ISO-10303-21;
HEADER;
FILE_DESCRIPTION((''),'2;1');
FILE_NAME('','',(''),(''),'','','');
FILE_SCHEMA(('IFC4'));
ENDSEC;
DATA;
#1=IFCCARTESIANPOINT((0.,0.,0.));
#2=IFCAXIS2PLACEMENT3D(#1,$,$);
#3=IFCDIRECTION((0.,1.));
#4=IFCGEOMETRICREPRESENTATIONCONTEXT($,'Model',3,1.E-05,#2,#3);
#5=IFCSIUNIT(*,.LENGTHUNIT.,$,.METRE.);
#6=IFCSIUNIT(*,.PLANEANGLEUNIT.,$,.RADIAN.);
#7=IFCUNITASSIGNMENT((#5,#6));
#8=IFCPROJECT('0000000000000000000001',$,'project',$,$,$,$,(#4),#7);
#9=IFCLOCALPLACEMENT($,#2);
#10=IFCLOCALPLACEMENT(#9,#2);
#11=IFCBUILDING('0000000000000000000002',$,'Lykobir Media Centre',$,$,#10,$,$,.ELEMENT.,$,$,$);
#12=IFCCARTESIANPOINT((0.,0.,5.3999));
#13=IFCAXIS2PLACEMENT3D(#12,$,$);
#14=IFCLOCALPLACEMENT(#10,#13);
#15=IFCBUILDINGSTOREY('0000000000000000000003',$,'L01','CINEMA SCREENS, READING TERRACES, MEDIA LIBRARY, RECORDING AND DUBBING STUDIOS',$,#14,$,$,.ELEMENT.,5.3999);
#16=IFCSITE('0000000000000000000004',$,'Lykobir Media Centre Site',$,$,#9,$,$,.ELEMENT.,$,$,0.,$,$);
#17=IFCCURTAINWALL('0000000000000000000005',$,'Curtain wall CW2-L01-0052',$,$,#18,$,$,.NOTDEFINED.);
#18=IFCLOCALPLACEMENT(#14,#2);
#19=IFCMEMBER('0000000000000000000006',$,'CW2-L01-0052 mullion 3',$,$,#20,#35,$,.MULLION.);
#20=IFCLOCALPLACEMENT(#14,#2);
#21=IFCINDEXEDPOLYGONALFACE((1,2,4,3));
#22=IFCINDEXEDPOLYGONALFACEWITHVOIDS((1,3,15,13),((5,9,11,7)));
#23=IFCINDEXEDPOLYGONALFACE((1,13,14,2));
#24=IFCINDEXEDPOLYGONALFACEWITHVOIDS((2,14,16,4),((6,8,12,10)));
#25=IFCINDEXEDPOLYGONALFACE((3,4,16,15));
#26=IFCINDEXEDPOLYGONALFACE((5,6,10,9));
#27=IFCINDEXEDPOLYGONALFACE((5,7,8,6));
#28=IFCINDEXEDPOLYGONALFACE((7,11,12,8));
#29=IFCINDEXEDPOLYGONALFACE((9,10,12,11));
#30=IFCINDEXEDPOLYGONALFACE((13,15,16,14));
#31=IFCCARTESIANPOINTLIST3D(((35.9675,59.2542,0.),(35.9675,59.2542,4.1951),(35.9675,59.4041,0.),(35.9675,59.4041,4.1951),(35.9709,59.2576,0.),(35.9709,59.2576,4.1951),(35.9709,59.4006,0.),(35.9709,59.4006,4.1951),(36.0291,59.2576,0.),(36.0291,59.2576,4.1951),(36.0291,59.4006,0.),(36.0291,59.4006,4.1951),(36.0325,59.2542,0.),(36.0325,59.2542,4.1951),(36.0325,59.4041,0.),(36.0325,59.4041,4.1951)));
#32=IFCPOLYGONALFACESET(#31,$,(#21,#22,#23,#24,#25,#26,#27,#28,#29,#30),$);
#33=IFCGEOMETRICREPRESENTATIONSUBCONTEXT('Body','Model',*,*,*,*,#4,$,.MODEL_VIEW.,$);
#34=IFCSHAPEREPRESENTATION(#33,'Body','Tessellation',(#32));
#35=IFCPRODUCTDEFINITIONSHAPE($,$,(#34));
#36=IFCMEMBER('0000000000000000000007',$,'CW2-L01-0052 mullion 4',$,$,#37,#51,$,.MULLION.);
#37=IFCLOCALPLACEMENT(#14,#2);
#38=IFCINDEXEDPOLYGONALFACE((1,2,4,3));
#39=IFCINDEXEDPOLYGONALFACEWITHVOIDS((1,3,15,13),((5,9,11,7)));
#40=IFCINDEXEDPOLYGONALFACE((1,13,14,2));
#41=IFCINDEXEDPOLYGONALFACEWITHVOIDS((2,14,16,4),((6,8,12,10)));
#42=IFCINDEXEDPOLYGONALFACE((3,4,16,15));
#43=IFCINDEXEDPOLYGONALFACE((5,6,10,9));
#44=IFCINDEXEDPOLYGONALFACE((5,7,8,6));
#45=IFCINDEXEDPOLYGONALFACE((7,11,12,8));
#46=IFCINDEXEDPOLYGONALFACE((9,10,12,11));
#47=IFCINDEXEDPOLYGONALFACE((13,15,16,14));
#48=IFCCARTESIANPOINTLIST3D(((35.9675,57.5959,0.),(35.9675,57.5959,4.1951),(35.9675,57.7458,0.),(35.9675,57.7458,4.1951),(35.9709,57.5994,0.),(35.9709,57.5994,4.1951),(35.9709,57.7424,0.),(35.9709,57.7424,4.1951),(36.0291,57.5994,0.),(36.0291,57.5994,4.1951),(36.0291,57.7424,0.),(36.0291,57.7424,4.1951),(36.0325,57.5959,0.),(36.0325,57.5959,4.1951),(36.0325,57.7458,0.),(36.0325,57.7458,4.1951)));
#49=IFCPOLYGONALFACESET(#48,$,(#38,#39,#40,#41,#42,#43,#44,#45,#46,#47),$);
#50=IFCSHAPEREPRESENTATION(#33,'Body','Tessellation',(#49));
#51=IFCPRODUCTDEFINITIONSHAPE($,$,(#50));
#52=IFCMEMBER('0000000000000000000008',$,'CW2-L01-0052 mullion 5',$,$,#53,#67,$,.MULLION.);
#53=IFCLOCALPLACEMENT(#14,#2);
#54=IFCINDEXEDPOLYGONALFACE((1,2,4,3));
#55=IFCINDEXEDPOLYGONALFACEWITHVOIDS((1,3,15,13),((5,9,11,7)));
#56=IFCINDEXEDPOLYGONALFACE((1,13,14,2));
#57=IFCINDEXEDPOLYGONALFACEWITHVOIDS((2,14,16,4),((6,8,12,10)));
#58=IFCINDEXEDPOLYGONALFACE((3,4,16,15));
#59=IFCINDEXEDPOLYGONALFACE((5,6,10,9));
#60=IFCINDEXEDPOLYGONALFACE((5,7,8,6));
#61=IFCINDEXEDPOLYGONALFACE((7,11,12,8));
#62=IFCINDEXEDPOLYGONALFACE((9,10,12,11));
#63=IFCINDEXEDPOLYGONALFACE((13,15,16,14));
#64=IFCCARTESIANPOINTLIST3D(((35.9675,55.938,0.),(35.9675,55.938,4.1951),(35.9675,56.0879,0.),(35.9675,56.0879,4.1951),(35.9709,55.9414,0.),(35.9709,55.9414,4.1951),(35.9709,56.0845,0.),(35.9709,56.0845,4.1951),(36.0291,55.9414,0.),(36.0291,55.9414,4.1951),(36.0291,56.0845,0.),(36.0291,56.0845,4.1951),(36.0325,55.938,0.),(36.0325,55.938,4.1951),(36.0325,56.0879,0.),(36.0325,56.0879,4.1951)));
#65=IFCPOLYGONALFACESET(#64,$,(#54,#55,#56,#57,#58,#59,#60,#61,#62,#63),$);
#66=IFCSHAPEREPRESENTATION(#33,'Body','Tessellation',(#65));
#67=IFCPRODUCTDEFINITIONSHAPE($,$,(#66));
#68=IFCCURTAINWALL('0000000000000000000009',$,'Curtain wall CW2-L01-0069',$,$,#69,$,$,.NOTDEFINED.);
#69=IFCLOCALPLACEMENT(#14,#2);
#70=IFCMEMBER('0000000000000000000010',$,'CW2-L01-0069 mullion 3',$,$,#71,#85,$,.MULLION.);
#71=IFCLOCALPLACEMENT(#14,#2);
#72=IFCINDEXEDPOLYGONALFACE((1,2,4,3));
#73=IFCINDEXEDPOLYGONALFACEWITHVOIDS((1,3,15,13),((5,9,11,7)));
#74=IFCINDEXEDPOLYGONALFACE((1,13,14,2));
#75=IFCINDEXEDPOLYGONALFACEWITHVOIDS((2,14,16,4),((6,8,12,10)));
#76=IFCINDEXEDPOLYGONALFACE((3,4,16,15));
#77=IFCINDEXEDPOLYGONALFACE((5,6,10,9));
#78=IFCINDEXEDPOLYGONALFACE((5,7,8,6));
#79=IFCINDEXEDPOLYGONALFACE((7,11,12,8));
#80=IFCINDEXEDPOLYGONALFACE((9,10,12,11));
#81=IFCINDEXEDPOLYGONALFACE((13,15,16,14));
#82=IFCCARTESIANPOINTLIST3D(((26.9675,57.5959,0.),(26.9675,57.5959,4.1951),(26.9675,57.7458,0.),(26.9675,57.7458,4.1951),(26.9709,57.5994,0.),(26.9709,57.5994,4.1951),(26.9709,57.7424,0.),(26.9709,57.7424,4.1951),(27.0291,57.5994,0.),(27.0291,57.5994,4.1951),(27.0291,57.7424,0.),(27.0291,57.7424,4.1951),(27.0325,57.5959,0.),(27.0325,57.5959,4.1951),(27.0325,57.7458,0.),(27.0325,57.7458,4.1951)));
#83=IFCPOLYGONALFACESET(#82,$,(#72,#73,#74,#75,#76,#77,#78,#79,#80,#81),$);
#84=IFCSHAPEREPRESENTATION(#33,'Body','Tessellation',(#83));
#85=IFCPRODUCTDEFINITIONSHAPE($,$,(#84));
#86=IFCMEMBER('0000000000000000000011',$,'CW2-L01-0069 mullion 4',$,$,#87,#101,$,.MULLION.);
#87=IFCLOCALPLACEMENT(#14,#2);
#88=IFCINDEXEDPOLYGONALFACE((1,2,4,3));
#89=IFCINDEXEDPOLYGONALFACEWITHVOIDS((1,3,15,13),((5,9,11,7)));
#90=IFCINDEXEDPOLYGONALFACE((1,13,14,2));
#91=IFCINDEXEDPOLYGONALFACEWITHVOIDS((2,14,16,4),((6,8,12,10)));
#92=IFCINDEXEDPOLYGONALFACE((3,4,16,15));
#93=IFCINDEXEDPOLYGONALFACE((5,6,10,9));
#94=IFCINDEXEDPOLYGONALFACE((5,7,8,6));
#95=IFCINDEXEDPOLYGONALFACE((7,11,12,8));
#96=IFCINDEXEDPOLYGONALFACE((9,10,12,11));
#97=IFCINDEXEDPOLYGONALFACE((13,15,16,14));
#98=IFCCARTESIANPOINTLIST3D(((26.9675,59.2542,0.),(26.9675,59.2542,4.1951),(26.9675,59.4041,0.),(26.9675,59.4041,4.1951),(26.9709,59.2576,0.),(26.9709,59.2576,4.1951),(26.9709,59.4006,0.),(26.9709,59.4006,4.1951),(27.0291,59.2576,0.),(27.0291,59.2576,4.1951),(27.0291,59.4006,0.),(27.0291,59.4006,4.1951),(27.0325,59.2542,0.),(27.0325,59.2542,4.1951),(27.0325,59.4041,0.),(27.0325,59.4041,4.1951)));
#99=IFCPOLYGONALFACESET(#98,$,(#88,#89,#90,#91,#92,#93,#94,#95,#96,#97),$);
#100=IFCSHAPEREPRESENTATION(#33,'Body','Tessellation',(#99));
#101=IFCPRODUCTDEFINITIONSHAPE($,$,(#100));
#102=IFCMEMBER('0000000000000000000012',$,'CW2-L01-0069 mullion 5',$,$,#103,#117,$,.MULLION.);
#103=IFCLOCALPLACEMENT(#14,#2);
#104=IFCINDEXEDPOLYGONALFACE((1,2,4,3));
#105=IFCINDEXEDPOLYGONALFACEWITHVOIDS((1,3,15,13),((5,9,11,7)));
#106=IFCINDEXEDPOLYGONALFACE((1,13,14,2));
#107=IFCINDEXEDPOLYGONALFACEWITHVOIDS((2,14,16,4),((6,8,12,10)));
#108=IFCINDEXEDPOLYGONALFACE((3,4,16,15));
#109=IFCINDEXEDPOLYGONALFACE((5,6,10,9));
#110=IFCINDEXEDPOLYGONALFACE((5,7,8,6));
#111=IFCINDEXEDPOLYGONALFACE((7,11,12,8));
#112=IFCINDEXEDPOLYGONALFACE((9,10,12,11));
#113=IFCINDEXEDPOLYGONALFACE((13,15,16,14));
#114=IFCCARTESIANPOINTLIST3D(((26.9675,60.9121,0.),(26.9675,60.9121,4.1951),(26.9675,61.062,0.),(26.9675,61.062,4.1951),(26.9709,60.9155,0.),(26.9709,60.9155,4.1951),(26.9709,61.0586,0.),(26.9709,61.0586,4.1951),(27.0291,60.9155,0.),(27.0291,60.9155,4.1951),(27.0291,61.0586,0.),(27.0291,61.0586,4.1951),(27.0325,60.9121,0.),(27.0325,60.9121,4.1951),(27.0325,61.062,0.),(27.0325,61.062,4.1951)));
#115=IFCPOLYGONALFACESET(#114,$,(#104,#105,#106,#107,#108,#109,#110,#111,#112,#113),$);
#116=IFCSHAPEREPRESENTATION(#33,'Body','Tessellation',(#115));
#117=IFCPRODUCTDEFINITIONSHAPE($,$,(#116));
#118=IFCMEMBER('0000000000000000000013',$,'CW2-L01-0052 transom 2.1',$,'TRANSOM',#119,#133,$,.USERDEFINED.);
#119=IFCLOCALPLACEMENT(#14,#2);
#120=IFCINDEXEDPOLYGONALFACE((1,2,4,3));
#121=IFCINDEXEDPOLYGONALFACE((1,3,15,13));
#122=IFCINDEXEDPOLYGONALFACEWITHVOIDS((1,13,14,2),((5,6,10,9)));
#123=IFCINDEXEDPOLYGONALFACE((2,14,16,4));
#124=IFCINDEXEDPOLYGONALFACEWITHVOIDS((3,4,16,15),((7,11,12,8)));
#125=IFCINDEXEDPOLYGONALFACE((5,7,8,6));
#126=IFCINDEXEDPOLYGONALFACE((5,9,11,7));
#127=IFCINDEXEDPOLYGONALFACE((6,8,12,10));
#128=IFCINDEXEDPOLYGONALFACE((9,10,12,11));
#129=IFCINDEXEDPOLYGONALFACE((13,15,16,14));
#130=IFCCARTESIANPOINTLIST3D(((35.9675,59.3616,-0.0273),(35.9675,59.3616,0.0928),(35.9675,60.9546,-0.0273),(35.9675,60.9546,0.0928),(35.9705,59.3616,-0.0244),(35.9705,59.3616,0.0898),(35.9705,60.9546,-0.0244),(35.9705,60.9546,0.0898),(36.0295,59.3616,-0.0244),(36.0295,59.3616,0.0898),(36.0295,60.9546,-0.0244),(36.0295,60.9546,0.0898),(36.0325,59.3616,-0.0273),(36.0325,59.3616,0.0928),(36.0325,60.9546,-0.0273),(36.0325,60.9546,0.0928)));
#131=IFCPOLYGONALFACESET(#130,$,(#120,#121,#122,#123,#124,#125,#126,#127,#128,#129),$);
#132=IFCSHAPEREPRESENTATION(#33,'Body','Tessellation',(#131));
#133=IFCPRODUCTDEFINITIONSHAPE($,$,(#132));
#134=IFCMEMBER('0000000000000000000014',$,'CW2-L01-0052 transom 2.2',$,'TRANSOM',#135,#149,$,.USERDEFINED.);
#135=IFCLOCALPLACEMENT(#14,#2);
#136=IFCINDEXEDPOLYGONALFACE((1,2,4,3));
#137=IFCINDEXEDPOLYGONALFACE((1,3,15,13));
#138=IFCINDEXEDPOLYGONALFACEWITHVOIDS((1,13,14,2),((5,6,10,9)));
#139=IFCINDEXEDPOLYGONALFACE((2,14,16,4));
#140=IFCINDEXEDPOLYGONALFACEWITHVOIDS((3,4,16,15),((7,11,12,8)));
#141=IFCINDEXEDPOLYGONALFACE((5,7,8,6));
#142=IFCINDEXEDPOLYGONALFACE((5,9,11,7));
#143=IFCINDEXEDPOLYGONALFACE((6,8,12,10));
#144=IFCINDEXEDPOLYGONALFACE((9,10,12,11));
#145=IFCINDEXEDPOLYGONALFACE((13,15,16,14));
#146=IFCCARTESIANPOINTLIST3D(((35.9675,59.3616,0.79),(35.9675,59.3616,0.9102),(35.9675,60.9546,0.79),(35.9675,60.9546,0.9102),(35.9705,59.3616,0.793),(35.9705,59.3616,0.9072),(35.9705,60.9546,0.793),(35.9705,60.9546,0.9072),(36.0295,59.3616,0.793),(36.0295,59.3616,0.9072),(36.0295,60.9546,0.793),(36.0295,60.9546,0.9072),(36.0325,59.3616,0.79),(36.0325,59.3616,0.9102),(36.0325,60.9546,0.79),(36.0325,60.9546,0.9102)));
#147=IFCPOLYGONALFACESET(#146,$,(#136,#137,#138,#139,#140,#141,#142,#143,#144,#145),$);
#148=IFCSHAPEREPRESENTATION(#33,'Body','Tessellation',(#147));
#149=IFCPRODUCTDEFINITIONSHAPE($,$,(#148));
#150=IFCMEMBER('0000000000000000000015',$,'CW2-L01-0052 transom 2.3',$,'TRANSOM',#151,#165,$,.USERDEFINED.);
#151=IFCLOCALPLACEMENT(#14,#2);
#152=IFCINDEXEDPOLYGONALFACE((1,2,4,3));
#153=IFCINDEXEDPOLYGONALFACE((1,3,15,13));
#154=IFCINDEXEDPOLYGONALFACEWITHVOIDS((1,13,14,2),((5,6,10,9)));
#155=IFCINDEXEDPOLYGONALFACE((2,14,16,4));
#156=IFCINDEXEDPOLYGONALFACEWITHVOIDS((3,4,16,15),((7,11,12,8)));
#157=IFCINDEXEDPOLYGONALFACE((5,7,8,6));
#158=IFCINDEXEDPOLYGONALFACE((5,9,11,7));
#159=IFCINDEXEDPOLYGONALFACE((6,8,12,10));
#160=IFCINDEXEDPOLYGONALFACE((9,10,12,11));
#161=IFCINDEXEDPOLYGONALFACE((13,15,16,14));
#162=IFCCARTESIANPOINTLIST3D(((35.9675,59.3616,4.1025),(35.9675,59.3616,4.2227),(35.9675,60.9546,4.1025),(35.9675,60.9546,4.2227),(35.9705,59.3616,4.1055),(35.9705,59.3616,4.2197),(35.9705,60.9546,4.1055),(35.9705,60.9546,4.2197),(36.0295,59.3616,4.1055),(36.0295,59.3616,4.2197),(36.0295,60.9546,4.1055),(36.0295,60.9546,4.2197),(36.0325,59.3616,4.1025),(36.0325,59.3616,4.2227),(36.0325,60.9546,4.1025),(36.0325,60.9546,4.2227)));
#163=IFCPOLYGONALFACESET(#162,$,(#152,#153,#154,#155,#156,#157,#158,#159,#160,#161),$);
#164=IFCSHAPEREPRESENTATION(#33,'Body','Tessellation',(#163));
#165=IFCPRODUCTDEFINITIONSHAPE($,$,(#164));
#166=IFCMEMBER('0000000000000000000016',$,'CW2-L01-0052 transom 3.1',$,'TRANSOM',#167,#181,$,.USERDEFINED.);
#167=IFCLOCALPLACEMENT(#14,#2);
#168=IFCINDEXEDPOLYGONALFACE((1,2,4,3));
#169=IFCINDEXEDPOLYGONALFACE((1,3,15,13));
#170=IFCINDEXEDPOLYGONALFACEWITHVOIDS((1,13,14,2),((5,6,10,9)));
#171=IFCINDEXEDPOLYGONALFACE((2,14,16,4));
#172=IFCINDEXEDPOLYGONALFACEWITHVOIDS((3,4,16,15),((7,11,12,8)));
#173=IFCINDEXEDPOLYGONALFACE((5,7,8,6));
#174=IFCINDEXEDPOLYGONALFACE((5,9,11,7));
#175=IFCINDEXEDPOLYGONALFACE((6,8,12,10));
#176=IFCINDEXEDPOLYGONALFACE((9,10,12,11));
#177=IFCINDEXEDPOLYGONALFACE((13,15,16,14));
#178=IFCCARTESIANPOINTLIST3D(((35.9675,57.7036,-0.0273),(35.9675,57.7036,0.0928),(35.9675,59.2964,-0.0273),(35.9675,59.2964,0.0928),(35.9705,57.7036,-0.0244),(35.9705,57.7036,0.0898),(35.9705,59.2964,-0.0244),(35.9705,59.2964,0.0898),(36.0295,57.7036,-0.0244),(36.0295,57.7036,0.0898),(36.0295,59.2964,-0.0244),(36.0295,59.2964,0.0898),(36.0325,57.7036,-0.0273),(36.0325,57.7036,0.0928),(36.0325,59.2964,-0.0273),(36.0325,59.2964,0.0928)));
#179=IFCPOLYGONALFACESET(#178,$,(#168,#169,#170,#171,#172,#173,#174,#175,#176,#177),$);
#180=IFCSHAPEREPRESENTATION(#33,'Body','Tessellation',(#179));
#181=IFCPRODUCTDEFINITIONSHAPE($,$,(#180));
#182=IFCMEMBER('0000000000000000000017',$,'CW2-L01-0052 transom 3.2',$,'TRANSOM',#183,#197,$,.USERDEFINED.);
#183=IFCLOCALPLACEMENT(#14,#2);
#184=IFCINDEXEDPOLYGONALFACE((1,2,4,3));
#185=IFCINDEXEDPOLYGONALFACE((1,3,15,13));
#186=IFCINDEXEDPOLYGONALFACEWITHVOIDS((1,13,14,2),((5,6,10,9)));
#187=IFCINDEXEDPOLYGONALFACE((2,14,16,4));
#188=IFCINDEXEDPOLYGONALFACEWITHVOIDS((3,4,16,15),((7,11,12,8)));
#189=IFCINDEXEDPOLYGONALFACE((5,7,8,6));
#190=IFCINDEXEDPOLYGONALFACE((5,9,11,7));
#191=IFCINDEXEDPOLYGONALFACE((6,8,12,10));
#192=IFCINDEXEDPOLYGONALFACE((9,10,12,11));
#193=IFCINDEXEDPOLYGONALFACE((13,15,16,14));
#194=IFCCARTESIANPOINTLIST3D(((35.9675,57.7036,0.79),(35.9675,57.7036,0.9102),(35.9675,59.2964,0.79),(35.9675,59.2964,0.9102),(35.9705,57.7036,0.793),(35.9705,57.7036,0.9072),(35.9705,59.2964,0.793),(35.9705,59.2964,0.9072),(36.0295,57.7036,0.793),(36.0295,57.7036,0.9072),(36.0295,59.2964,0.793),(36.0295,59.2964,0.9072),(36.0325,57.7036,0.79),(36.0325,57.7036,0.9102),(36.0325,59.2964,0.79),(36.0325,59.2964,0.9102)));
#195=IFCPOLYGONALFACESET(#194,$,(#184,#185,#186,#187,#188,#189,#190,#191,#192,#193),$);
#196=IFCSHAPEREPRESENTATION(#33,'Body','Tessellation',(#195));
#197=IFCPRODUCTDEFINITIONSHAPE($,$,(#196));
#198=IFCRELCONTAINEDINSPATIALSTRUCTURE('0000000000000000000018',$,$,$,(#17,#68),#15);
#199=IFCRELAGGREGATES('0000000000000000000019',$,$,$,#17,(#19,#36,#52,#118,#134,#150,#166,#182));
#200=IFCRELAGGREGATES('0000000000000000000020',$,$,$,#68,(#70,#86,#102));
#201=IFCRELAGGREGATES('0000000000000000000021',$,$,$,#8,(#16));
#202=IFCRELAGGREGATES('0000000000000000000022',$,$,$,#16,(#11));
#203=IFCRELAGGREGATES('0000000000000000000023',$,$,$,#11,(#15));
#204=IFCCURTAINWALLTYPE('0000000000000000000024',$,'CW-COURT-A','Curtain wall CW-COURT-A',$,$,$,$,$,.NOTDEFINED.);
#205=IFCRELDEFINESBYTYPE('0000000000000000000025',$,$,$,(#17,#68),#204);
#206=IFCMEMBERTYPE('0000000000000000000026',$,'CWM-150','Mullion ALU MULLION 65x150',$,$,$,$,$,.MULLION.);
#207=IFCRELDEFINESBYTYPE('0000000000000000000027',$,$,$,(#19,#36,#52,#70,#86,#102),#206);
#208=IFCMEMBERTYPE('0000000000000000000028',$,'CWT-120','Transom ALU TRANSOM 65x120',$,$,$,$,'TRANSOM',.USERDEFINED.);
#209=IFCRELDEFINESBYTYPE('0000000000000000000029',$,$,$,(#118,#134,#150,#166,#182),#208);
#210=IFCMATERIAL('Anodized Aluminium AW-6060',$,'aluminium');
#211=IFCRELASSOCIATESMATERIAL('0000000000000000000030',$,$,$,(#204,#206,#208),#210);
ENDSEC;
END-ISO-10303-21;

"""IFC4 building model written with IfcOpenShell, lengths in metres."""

from ifc_helpers import new_model, si_unit, direction, frame, origin, origin_2d, place, context, subcontext, project, spatial, hollow_rectangle, extrude, material, material_profile, profile_set, type_object, element, aggregate, save


model = new_model("IFC4")

# Units and contexts
model_context = context("Model", 3, precision=1e-05, world=origin(), true_north=direction((0.0, 1.0)))
body_context = subcontext(model_context, "Body", "Model", "MODEL_VIEW")
ifc_project = project(units=[si_unit("LENGTHUNIT", "METRE"), si_unit("PLANEANGLEUNIT", "RADIAN")], contexts=[model_context])

# Site, building, storey
site_placement = place(None, origin())
site = spatial("IfcSite", under=ifc_project, at=site_placement, Name="Lykobir Media Centre Site", CompositionType="ELEMENT", RefElevation=0.0)
building_placement = place(site_placement, origin())
building = spatial("IfcBuilding", under=site, at=building_placement, Name="Lykobir Media Centre", CompositionType="ELEMENT")
storey_placement = place(building_placement, frame((0.0, 0.0, 5.3999)))
storey = spatial("IfcBuildingStorey", under=building, at=storey_placement, Name="L01", Description="CINEMA SCREENS, READING TERRACES, MEDIA LIBRARY, RECORDING AND DUBBING STUDIOS", CompositionType="ELEMENT", Elevation=5.3999)

# Curtain walls, members
ifc_material_1 = material(Name="Anodized Aluminium AW-6060", Category="aluminium")
curtain_wall_type = type_object("IfcCurtainWallType", Name="CW-COURT-A", Description="Curtain wall CW-COURT-A", PredefinedType="NOTDEFINED", material=ifc_material_1)
curtain_wall_1_placement = place(storey_placement, origin())
curtain_wall_1 = element("IfcCurtainWall", 1, at=curtain_wall_1_placement, inside=storey, type_object=curtain_wall_type, Name="Curtain wall CW2-L01-0052", PredefinedType="NOTDEFINED")
ifc_material_profile_1 = material_profile(ifc_material_1, hollow_rectangle(XDim=0.0649, YDim=0.1499, WallThickness=0.0034, at=origin_2d()), Name="ALU MULLION 65x150")
ifc_profile_set_1 = profile_set([ifc_material_profile_1], Name="Anodized Aluminium AW-6060")
member_type_1 = type_object("IfcMemberType", Name="CWM-150", Description="Mullion ALU MULLION 65x150", PredefinedType="MULLION", material=ifc_profile_set_1)
member_1_placement = place(storey_placement, frame((36.0, 59.3291, 0.0), z_axis=(0.0, 0.0, 1.0), x_axis=(1.0, 0.0, 0.0)))
member_1 = element("IfcMember", 2, at=member_1_placement, type_object=member_type_1, Name="CW2-L01-0052 mullion 3", PredefinedType="MULLION", context=body_context, shape_type="SweptSolid", body=[
    extrude(hollow_rectangle(XDim=0.0649, YDim=0.1499, WallThickness=0.0034, at=origin_2d()), origin(), (0.0, 0.0, 1.0), 4.1951),
])
member_2_placement = place(storey_placement, frame((36.0, 57.6709, 0.0), z_axis=(0.0, 0.0, 1.0), x_axis=(1.0, 0.0, 0.0)))
member_2 = element("IfcMember", 3, at=member_2_placement, type_object=member_type_1, Name="CW2-L01-0052 mullion 4", PredefinedType="MULLION", context=body_context, shape_type="SweptSolid", body=[
    extrude(hollow_rectangle(XDim=0.0649, YDim=0.1499, WallThickness=0.0034, at=origin_2d()), origin(), (0.0, 0.0, 1.0), 4.1951),
])
member_3_placement = place(storey_placement, frame((36.0, 56.0129, 0.0), z_axis=(0.0, 0.0, 1.0), x_axis=(1.0, 0.0, 0.0)))
member_3 = element("IfcMember", 4, at=member_3_placement, type_object=member_type_1, Name="CW2-L01-0052 mullion 5", PredefinedType="MULLION", context=body_context, shape_type="SweptSolid", body=[
    extrude(hollow_rectangle(XDim=0.0649, YDim=0.1499, WallThickness=0.0034, at=origin_2d()), origin(), (0.0, 0.0, 1.0), 4.1951),
])
curtain_wall_2_placement = place(storey_placement, origin())
curtain_wall_2 = element("IfcCurtainWall", 5, at=curtain_wall_2_placement, inside=storey, type_object=curtain_wall_type, Name="Curtain wall CW2-L01-0069", PredefinedType="NOTDEFINED")
member_4_placement = place(storey_placement, frame((27.0, 57.6709, 0.0), z_axis=(0.0, 0.0, 1.0), x_axis=(-1.0, 0.0, 0.0)))
member_4 = element("IfcMember", 6, at=member_4_placement, type_object=member_type_1, Name="CW2-L01-0069 mullion 3", PredefinedType="MULLION", context=body_context, shape_type="SweptSolid", body=[
    extrude(hollow_rectangle(XDim=0.0649, YDim=0.1499, WallThickness=0.0034, at=origin_2d()), origin(), (0.0, 0.0, 1.0), 4.1951),
])
member_5_placement = place(storey_placement, frame((27.0, 59.3291, 0.0), z_axis=(0.0, 0.0, 1.0), x_axis=(-1.0, 0.0, 0.0)))
member_5 = element("IfcMember", 7, at=member_5_placement, type_object=member_type_1, Name="CW2-L01-0069 mullion 4", PredefinedType="MULLION", context=body_context, shape_type="SweptSolid", body=[
    extrude(hollow_rectangle(XDim=0.0649, YDim=0.1499, WallThickness=0.0034, at=origin_2d()), origin(), (0.0, 0.0, 1.0), 4.1951),
])
member_6_placement = place(storey_placement, frame((27.0, 60.9871, 0.0), z_axis=(0.0, 0.0, 1.0), x_axis=(-1.0, 0.0, 0.0)))
member_6 = element("IfcMember", 8, at=member_6_placement, type_object=member_type_1, Name="CW2-L01-0069 mullion 5", PredefinedType="MULLION", context=body_context, shape_type="SweptSolid", body=[
    extrude(hollow_rectangle(XDim=0.0649, YDim=0.1499, WallThickness=0.0034, at=origin_2d()), origin(), (0.0, 0.0, 1.0), 4.1951),
])

# Members
ifc_material_profile_2 = material_profile(ifc_material_1, hollow_rectangle(XDim=0.0649, YDim=0.1201, WallThickness=0.0029, at=origin_2d()), Name="ALU TRANSOM 65x120")
ifc_profile_set_2 = profile_set([ifc_material_profile_2], Name="Anodized Aluminium AW-6060")
member_type_2 = type_object("IfcMemberType", Name="CWT-120", Description="Transom ALU TRANSOM 65x120", ElementType="TRANSOM", PredefinedType="USERDEFINED", material=ifc_profile_set_2)
member_7_placement = place(storey_placement, frame((36.0, 60.9546, 0.0327), z_axis=(0.0, -1.0, 0.0), x_axis=(1.0, 0.0, 0.0)))
member_7 = element("IfcMember", 9, at=member_7_placement, type_object=member_type_2, Name="CW2-L01-0052 transom 2.1", ObjectType="TRANSOM", PredefinedType="USERDEFINED", context=body_context, shape_type="SweptSolid", body=[
    extrude(hollow_rectangle(XDim=0.0649, YDim=0.1201, WallThickness=0.0029, at=origin_2d()), origin(), (0.0, 0.0, 1.0), 1.593),
])
member_8_placement = place(storey_placement, frame((36.0, 60.9546, 0.8501), z_axis=(0.0, -1.0, 0.0), x_axis=(1.0, 0.0, 0.0)))
member_8 = element("IfcMember", 10, at=member_8_placement, type_object=member_type_2, Name="CW2-L01-0052 transom 2.2", ObjectType="TRANSOM", PredefinedType="USERDEFINED", context=body_context, shape_type="SweptSolid", body=[
    extrude(hollow_rectangle(XDim=0.0649, YDim=0.1201, WallThickness=0.0029, at=origin_2d()), origin(), (0.0, 0.0, 1.0), 1.593),
])
member_9_placement = place(storey_placement, frame((36.0, 60.9546, 4.1626), z_axis=(0.0, -1.0, 0.0), x_axis=(1.0, 0.0, 0.0)))
member_9 = element("IfcMember", 11, at=member_9_placement, type_object=member_type_2, Name="CW2-L01-0052 transom 2.3", ObjectType="TRANSOM", PredefinedType="USERDEFINED", context=body_context, shape_type="SweptSolid", body=[
    extrude(hollow_rectangle(XDim=0.0649, YDim=0.1201, WallThickness=0.0029, at=origin_2d()), origin(), (0.0, 0.0, 1.0), 1.593),
])
member_10_placement = place(storey_placement, frame((36.0, 59.2964, 0.0327), z_axis=(0.0, -1.0, 0.0), x_axis=(1.0, 0.0, 0.0)))
member_10 = element("IfcMember", 12, at=member_10_placement, type_object=member_type_2, Name="CW2-L01-0052 transom 3.1", ObjectType="TRANSOM", PredefinedType="USERDEFINED", context=body_context, shape_type="SweptSolid", body=[
    extrude(hollow_rectangle(XDim=0.0649, YDim=0.1201, WallThickness=0.0029, at=origin_2d()), origin(), (0.0, 0.0, 1.0), 1.5928),
])
member_11_placement = place(storey_placement, frame((36.0, 59.2964, 0.8501), z_axis=(0.0, -1.0, 0.0), x_axis=(1.0, 0.0, 0.0)))
member_11 = element("IfcMember", 13, at=member_11_placement, type_object=member_type_2, Name="CW2-L01-0052 transom 3.2", ObjectType="TRANSOM", PredefinedType="USERDEFINED", context=body_context, shape_type="SweptSolid", body=[
    extrude(hollow_rectangle(XDim=0.0649, YDim=0.1201, WallThickness=0.0029, at=origin_2d()), origin(), (0.0, 0.0, 1.0), 1.5928),
])

aggregate(curtain_wall_1, [member_1, member_2, member_3, member_7, member_8, member_9, member_10, member_11])
aggregate(curtain_wall_2, [member_4, member_5, member_6])

save(model, "model.ifc")
